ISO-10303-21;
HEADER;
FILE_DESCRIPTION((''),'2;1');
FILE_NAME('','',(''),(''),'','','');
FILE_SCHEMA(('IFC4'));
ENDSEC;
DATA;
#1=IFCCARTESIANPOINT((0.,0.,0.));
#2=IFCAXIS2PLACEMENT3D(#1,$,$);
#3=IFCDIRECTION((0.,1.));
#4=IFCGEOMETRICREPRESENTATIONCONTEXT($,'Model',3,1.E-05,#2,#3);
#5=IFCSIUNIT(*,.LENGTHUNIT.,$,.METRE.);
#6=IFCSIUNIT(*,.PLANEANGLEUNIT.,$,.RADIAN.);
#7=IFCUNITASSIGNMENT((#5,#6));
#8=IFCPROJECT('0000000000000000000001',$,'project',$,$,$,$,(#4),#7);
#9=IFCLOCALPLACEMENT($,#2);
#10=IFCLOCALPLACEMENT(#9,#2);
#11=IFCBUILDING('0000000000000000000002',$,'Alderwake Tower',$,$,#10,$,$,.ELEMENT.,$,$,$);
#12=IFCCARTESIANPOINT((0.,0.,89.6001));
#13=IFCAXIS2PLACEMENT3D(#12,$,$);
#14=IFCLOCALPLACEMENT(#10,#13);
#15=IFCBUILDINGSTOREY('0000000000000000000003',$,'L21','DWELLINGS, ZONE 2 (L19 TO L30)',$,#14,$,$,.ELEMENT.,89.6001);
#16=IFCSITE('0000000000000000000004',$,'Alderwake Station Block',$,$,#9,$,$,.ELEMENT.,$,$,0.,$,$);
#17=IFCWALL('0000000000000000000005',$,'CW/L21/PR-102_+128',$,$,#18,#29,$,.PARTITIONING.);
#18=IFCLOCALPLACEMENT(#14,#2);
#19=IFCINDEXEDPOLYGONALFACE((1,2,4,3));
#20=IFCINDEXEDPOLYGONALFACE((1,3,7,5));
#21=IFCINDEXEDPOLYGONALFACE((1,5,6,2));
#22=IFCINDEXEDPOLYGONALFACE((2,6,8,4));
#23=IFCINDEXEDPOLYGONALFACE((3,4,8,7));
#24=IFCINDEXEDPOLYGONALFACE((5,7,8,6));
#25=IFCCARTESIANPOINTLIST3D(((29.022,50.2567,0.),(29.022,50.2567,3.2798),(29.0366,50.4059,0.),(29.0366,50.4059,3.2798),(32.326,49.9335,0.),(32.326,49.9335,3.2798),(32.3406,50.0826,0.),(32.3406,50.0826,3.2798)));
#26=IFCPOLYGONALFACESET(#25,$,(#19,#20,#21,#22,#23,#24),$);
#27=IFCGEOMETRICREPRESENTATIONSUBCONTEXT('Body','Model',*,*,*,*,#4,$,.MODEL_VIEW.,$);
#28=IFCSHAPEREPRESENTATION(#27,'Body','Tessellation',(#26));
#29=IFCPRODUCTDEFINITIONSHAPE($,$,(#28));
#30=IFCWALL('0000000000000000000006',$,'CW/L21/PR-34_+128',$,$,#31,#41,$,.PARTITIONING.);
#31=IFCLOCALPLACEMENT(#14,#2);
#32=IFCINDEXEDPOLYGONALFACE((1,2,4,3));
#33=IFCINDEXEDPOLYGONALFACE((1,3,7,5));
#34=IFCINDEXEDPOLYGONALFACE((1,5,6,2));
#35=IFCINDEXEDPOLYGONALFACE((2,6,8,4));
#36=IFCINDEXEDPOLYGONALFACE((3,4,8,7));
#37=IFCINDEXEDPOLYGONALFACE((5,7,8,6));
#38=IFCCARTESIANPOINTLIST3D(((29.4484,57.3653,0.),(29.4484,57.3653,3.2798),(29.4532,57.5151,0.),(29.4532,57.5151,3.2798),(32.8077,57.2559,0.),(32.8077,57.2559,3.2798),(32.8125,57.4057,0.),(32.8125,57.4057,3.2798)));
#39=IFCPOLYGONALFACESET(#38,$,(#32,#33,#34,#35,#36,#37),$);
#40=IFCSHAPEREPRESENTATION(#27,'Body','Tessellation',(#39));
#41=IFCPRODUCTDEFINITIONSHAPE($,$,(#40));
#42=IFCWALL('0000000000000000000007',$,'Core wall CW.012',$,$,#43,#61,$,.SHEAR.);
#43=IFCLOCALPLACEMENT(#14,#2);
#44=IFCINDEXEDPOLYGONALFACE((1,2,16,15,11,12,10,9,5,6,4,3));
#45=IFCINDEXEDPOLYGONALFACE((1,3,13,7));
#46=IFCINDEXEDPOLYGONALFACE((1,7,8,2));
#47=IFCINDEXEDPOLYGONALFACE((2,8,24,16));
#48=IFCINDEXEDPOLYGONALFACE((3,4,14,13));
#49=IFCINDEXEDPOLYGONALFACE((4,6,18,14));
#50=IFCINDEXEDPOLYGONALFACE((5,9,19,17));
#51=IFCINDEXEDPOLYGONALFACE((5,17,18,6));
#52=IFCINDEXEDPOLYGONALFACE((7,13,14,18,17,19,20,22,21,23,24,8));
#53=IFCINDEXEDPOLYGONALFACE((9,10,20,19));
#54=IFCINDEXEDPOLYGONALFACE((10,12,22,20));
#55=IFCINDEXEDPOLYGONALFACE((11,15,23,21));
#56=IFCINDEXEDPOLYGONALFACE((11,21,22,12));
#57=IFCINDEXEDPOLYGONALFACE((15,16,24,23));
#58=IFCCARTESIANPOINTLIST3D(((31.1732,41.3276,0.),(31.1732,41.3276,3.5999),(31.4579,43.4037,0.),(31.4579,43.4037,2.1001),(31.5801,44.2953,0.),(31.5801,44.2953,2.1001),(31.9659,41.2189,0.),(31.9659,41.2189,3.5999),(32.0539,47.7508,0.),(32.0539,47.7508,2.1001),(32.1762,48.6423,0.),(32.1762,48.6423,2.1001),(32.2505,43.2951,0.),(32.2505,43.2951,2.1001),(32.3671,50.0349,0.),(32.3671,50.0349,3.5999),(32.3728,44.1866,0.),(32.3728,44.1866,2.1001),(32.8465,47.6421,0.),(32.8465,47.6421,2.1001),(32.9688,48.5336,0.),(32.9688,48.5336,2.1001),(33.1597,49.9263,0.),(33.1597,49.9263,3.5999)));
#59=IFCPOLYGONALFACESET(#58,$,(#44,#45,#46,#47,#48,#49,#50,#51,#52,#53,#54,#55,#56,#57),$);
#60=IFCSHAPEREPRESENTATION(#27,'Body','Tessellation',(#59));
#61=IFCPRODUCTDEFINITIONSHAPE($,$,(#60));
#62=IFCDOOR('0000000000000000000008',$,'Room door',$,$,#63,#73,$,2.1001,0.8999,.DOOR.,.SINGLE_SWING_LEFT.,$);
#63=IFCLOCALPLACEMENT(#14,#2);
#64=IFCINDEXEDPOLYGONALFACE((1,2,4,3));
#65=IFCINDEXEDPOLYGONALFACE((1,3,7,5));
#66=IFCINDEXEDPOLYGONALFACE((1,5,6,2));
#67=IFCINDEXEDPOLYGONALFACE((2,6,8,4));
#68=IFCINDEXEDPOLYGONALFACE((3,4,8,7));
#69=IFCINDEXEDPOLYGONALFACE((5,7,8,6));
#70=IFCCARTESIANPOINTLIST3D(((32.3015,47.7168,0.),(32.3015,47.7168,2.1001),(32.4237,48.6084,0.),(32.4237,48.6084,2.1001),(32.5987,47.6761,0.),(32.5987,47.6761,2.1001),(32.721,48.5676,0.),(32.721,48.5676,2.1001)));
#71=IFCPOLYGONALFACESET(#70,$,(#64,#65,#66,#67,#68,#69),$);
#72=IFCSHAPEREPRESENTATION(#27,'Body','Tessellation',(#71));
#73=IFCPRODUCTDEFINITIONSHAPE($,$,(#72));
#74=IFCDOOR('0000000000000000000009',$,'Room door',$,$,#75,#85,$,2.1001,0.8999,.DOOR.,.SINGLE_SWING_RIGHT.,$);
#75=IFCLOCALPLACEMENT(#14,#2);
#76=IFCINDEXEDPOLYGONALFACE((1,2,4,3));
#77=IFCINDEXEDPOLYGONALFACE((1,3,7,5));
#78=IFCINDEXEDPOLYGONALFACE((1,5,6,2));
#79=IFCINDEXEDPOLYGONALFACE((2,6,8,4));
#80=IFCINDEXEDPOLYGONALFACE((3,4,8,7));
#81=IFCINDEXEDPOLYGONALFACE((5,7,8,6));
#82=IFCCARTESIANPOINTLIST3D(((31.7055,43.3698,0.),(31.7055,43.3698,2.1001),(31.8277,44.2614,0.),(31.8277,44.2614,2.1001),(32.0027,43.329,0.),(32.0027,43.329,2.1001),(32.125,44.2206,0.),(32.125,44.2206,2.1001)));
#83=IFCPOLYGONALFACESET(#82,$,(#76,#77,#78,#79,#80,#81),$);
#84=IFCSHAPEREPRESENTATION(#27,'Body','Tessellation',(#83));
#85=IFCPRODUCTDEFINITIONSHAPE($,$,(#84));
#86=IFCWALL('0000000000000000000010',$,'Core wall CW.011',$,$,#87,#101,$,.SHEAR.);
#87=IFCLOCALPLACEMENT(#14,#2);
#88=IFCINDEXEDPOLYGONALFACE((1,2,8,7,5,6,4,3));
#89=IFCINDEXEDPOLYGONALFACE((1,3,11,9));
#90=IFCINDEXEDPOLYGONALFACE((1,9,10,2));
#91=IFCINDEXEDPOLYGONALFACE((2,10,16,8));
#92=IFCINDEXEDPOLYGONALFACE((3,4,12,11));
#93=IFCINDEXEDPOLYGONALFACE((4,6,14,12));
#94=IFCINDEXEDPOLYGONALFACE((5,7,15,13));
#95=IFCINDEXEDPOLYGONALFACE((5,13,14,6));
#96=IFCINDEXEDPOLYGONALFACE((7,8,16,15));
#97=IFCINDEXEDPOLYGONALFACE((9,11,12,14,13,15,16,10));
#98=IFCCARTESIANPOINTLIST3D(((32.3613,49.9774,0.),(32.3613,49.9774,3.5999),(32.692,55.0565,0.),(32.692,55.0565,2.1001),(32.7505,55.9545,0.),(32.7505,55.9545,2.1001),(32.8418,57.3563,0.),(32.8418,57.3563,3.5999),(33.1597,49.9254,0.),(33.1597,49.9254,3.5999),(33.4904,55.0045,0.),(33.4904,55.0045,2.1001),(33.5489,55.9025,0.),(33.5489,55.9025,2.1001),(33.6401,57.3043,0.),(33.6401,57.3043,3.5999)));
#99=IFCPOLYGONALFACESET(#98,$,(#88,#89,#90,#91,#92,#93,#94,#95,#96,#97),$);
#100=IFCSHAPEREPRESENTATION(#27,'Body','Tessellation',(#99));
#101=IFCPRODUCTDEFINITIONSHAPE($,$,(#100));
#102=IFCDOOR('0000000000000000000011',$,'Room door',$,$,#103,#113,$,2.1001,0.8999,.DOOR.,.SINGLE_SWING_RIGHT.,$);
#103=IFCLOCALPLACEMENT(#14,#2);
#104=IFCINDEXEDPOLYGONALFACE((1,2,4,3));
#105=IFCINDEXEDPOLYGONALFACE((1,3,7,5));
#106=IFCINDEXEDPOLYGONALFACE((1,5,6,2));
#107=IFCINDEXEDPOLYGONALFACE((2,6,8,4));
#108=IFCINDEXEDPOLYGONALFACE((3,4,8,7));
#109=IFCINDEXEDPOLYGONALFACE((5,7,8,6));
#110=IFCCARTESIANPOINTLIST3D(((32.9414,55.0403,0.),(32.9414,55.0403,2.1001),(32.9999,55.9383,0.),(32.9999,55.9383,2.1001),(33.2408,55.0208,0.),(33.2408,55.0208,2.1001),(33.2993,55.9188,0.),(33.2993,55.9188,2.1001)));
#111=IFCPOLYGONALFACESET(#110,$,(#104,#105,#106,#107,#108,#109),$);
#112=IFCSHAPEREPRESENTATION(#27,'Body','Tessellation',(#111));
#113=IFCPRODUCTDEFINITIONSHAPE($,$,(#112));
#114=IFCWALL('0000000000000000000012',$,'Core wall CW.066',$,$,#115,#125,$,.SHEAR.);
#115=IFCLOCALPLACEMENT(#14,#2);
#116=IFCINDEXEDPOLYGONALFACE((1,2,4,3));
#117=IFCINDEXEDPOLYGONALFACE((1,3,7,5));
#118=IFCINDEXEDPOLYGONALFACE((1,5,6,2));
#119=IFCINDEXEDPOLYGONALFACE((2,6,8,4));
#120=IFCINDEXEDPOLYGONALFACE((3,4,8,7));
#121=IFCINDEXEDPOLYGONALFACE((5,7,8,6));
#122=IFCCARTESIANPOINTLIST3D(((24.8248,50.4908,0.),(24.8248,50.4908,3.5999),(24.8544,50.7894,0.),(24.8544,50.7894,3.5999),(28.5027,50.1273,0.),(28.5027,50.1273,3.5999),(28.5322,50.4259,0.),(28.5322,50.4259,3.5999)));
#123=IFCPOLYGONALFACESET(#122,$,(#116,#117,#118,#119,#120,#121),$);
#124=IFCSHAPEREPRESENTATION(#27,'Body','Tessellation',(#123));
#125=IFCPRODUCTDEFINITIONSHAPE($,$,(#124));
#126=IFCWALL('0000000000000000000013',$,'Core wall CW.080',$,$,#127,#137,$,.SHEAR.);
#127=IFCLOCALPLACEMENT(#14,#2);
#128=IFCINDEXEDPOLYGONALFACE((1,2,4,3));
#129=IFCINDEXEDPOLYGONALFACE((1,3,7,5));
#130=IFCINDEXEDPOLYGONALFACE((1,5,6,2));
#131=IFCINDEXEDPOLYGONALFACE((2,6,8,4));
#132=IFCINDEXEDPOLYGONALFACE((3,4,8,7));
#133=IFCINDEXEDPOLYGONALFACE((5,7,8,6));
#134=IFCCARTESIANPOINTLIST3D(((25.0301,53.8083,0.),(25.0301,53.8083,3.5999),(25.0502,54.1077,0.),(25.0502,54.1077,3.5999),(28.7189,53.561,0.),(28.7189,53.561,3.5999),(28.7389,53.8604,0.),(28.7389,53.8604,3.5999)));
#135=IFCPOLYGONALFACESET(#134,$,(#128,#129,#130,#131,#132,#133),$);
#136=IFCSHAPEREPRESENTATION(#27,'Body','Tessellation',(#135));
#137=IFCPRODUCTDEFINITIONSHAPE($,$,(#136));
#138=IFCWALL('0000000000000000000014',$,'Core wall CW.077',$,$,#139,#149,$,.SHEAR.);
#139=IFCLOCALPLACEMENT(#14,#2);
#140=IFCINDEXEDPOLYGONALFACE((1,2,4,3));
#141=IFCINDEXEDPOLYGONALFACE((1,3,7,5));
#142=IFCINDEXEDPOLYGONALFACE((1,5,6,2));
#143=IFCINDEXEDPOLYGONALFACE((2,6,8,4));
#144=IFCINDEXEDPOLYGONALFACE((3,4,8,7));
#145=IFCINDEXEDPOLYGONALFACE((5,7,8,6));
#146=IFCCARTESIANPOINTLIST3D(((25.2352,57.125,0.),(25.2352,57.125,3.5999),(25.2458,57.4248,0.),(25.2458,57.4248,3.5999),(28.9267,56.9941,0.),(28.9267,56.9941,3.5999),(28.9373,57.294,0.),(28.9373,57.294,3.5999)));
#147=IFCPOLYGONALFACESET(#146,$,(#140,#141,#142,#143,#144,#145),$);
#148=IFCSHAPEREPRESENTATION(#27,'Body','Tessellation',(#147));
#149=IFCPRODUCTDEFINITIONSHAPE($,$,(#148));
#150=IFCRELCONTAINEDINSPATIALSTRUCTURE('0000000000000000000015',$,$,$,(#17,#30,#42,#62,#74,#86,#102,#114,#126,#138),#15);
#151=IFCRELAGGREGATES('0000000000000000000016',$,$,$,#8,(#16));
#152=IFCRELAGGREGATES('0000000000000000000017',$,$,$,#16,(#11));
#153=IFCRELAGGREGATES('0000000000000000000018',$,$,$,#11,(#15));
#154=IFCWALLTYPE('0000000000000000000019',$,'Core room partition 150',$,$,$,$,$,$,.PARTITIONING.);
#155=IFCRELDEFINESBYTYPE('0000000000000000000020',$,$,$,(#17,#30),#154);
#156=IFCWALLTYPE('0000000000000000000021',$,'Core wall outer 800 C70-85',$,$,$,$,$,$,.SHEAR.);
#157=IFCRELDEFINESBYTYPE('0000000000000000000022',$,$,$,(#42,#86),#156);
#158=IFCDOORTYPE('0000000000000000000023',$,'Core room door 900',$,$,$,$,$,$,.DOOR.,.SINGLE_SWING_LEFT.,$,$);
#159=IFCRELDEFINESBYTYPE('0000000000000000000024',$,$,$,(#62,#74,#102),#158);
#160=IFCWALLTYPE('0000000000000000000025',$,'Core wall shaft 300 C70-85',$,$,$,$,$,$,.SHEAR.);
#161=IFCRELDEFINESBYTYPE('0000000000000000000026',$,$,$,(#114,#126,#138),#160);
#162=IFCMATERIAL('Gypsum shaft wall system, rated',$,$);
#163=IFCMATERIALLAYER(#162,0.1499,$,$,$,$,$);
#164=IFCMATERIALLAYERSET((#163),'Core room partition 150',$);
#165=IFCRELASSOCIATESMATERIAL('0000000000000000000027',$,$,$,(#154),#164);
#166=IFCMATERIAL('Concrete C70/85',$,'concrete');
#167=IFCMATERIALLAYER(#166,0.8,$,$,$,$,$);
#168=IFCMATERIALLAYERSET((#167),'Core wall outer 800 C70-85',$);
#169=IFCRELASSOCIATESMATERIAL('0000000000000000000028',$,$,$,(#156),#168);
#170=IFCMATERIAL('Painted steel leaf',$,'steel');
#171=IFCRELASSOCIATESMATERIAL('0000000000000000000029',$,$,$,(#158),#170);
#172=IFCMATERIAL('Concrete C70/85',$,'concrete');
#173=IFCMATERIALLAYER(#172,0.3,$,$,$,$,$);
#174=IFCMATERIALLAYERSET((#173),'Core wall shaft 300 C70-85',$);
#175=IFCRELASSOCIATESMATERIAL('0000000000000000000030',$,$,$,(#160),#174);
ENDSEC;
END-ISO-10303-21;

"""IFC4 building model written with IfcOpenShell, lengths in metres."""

from ifc_helpers import new_model, si_unit, direction, frame, frame_2d, origin, place, context, subcontext, project, spatial, rectangle, extrude, material, layer, layer_set, type_object, element, fill, save


model = new_model("IFC4")

# Units and contexts
model_context = context("Model", 3, precision=1e-05, world=origin(), true_north=direction((0.0, 1.0)))
body_context = subcontext(model_context, "Body", "Model", "MODEL_VIEW")
ifc_project = project(units=[si_unit("LENGTHUNIT", "METRE"), si_unit("PLANEANGLEUNIT", "RADIAN")], contexts=[model_context])

# Site, building, storey
site_placement = place(None, origin())
site = spatial("IfcSite", under=ifc_project, at=site_placement, Name="Alderwake Station Block", CompositionType="ELEMENT", RefElevation=0.0)
building_placement = place(site_placement, origin())
building = spatial("IfcBuilding", under=site, at=building_placement, Name="Alderwake Tower", CompositionType="ELEMENT")
storey_placement = place(building_placement, frame((0.0, 0.0, 89.6001)))
storey = spatial("IfcBuildingStorey", under=building, at=storey_placement, Name="L21", Description="DWELLINGS, ZONE 2 (L19 TO L30)", CompositionType="ELEMENT", Elevation=89.6001)

# Walls
ifc_material_1 = material(Name="Gypsum shaft wall system, rated")
ifc_layer_1 = layer(ifc_material_1, 0.1499)
ifc_layer_set_1 = layer_set([ifc_layer_1], Name="Core room partition 150")
wall_type_1 = type_object("IfcWallType", Name="Core room partition 150", PredefinedType="PARTITIONING", material=ifc_layer_set_1)
wall_1_placement = place(storey_placement, frame((29.0293, 50.3313, 0.0), z_axis=(0.0, 0.0, 1.0), x_axis=(0.995248, -0.09737, 0.0)))
element("IfcWall", 1, at=wall_1_placement, inside=storey, type_object=wall_type_1, Name="CW/L21/PR-102_+128", PredefinedType="PARTITIONING", context=body_context, shape_type="SweptSolid", body=[
    extrude(rectangle(XDim=3.3198, YDim=0.1499, at=frame_2d((1.6599, 0.0))), origin(), (0.0, 0.0, 1.0), 3.2798),
])
wall_2_placement = place(storey_placement, frame((29.4507, 57.4402, 0.0), z_axis=(0.0, 0.0, 1.0), x_axis=(0.99947, -0.032541, 0.0)))
element("IfcWall", 2, at=wall_2_placement, inside=storey, type_object=wall_type_1, Name="CW/L21/PR-34_+128", PredefinedType="PARTITIONING", context=body_context, shape_type="SweptSolid", body=[
    extrude(rectangle(XDim=3.3611, YDim=0.1499, at=frame_2d((1.6807, 0.0))), origin(), (0.0, 0.0, 1.0), 3.2798),
])

# Wall, openings, doors
ifc_material_2 = material(Name="Concrete C70/85", Category="concrete")
ifc_layer_2 = layer(ifc_material_2, 0.8)
ifc_layer_set_2 = layer_set([ifc_layer_2], Name="Core wall outer 800 C70-85")
wall_type_2 = type_object("IfcWallType", Name="Core wall outer 800 C70-85", PredefinedType="SHEAR", material=ifc_layer_set_2)
wall_3_placement = place(storey_placement, frame((32.7634, 49.9807, 0.0), z_axis=(0.0, 0.0, 1.0), x_axis=(-0.135838, -0.990731, 0.0)))
wall_3 = element("IfcWall", 3, at=wall_3_placement, inside=storey, type_object=wall_type_2, Name="Core wall CW.012", PredefinedType="SHEAR", context=body_context, shape_type="SweptSolid", body=[
    extrude(rectangle(XDim=8.7888, YDim=0.8, at=frame_2d((4.3945, 0.0))), origin(), (0.0, 0.0, 1.0), 3.5999),
])
opening_1_placement = place(wall_3_placement, frame((1.4058, 0.0, 0.0)))
opening_1 = element("IfcOpeningElement", 4, at=opening_1_placement, cuts=wall_3, PredefinedType="OPENING", context=body_context, shape_type="SweptSolid", body=[
    extrude(rectangle(XDim=0.8999, YDim=2.1001, at=frame_2d((0.45, 1.05))), frame((0.0, 0.4099, 0.0), z_axis=(0.0, -1.0, 0.0), x_axis=(1.0, 0.0, 0.0)), (0.0, 0.0, 1.0), 0.8201),
])
opening_2_placement = place(wall_3_placement, frame((5.7935, 0.0, 0.0)))
opening_2 = element("IfcOpeningElement", 5, at=opening_2_placement, cuts=wall_3, PredefinedType="OPENING", context=body_context, shape_type="SweptSolid", body=[
    extrude(rectangle(XDim=0.8999, YDim=2.1001, at=frame_2d((0.45, 1.05))), frame((0.0, 0.4099, 0.0), z_axis=(0.0, -1.0, 0.0), x_axis=(1.0, 0.0, 0.0)), (0.0, 0.0, 1.0), 0.8201),
])
ifc_material_3 = material(Name="Painted steel leaf", Category="steel")
door_type_1 = type_object("IfcDoorType", Name="Core room door 900", OperationType="SINGLE_SWING_LEFT", PredefinedType="DOOR", material=ifc_material_3)
door_1_placement = place(opening_1_placement, origin())
door_1 = element("IfcDoor", 6, at=door_1_placement, inside=storey, type_object=door_type_1, Name="Room door", OperationType="SINGLE_SWING_LEFT", OverallHeight=2.1001, OverallWidth=0.8999, PredefinedType="DOOR", context=body_context, shape_type="SweptSolid", body=[
    extrude(rectangle(XDim=0.8999, YDim=2.1001, at=frame_2d((0.45, 1.05))), frame((0.0, 0.1499, 0.0), z_axis=(0.0, -1.0, 0.0), x_axis=(1.0, 0.0, 0.0)), (0.0, 0.0, 1.0), 0.3),
])
fill(opening_1, door_1)
door_2_placement = place(opening_2_placement, origin())
door_2 = element("IfcDoor", 7, at=door_2_placement, inside=storey, type_object=door_type_1, Name="Room door", OperationType="SINGLE_SWING_RIGHT", OverallHeight=2.1001, OverallWidth=0.8999, PredefinedType="DOOR", context=body_context, shape_type="SweptSolid", body=[
    extrude(rectangle(XDim=0.8999, YDim=2.1001, at=frame_2d((0.45, 1.05))), frame((0.0, 0.1499, 0.0), z_axis=(0.0, -1.0, 0.0), x_axis=(1.0, 0.0, 0.0)), (0.0, 0.0, 1.0), 0.3),
])
fill(opening_2, door_2)

# Wall, opening, door
wall_4_placement = place(storey_placement, frame((33.241, 57.3303, 0.0), z_axis=(0.0, 0.0, 1.0), x_axis=(-0.064976, -0.997887, 0.0)))
wall_4 = element("IfcWall", 8, at=wall_4_placement, inside=storey, type_object=wall_type_2, Name="Core wall CW.011", PredefinedType="SHEAR", context=body_context, shape_type="SweptSolid", body=[
    extrude(rectangle(XDim=7.3945, YDim=0.8, at=frame_2d((3.6973, 0.0))), origin(), (0.0, 0.0, 1.0), 3.5999),
])
opening_3_placement = place(wall_4_placement, frame((1.4048, 0.0, 0.0)))
opening_3 = element("IfcOpeningElement", 9, at=opening_3_placement, cuts=wall_4, PredefinedType="OPENING", context=body_context, shape_type="SweptSolid", body=[
    extrude(rectangle(XDim=0.8999, YDim=2.1001, at=frame_2d((0.45, 1.05))), frame((0.0, 0.4099, 0.0), z_axis=(0.0, -1.0, 0.0), x_axis=(1.0, 0.0, 0.0)), (0.0, 0.0, 1.0), 0.8201),
])
door_3_placement = place(opening_3_placement, origin())
door_3 = element("IfcDoor", 10, at=door_3_placement, inside=storey, type_object=door_type_1, Name="Room door", OperationType="SINGLE_SWING_RIGHT", OverallHeight=2.1001, OverallWidth=0.8999, PredefinedType="DOOR", context=body_context, shape_type="SweptSolid", body=[
    extrude(rectangle(XDim=0.8999, YDim=2.1001, at=frame_2d((0.45, 1.05))), frame((0.0, 0.1499, 0.0), z_axis=(0.0, -1.0, 0.0), x_axis=(1.0, 0.0, 0.0)), (0.0, 0.0, 1.0), 0.3),
])
fill(opening_3, door_3)

# Walls
ifc_material_4 = material(Name="Concrete C70/85", Category="concrete")
ifc_layer_3 = layer(ifc_material_4, 0.3)
ifc_layer_set_3 = layer_set([ifc_layer_3], Name="Core wall shaft 300 C70-85")
wall_type_3 = type_object("IfcWallType", Name="Core wall shaft 300 C70-85", PredefinedType="SHEAR", material=ifc_layer_set_3)
wall_5_placement = place(storey_placement, frame((24.8396, 50.6401, 0.0), z_axis=(0.0, 0.0, 1.0), x_axis=(0.995151, -0.098359, 0.0)))
element("IfcWall", 11, at=wall_5_placement, inside=storey, type_object=wall_type_3, Name="Core wall CW.066", PredefinedType="SHEAR", context=body_context, shape_type="SweptSolid", body=[
    extrude(rectangle(XDim=3.6958, YDim=0.3, at=frame_2d((1.8479, 0.0))), origin(), (0.0, 0.0, 1.0), 3.5999),
])
wall_6_placement = place(storey_placement, frame((25.04, 53.958, 0.0), z_axis=(0.0, 0.0, 1.0), x_axis=(0.99776, -0.066896, 0.0)))
element("IfcWall", 12, at=wall_6_placement, inside=storey, type_object=wall_type_3, Name="Core wall CW.080", PredefinedType="SHEAR", context=body_context, shape_type="SweptSolid", body=[
    extrude(rectangle(XDim=3.697, YDim=0.3, at=frame_2d((1.8486, 0.0))), origin(), (0.0, 0.0, 1.0), 3.5999),
])
wall_7_placement = place(storey_placement, frame((25.2405, 57.2749, 0.0), z_axis=(0.0, 0.0, 1.0), x_axis=(0.999372, -0.035425, 0.0)))
element("IfcWall", 13, at=wall_7_placement, inside=storey, type_object=wall_type_3, Name="Core wall CW.077", PredefinedType="SHEAR", context=body_context, shape_type="SweptSolid", body=[
    extrude(rectangle(XDim=3.6938, YDim=0.3, at=frame_2d((1.8469, 0.0))), origin(), (0.0, 0.0, 1.0), 3.5999),
])

save(model, "model.ifc")
